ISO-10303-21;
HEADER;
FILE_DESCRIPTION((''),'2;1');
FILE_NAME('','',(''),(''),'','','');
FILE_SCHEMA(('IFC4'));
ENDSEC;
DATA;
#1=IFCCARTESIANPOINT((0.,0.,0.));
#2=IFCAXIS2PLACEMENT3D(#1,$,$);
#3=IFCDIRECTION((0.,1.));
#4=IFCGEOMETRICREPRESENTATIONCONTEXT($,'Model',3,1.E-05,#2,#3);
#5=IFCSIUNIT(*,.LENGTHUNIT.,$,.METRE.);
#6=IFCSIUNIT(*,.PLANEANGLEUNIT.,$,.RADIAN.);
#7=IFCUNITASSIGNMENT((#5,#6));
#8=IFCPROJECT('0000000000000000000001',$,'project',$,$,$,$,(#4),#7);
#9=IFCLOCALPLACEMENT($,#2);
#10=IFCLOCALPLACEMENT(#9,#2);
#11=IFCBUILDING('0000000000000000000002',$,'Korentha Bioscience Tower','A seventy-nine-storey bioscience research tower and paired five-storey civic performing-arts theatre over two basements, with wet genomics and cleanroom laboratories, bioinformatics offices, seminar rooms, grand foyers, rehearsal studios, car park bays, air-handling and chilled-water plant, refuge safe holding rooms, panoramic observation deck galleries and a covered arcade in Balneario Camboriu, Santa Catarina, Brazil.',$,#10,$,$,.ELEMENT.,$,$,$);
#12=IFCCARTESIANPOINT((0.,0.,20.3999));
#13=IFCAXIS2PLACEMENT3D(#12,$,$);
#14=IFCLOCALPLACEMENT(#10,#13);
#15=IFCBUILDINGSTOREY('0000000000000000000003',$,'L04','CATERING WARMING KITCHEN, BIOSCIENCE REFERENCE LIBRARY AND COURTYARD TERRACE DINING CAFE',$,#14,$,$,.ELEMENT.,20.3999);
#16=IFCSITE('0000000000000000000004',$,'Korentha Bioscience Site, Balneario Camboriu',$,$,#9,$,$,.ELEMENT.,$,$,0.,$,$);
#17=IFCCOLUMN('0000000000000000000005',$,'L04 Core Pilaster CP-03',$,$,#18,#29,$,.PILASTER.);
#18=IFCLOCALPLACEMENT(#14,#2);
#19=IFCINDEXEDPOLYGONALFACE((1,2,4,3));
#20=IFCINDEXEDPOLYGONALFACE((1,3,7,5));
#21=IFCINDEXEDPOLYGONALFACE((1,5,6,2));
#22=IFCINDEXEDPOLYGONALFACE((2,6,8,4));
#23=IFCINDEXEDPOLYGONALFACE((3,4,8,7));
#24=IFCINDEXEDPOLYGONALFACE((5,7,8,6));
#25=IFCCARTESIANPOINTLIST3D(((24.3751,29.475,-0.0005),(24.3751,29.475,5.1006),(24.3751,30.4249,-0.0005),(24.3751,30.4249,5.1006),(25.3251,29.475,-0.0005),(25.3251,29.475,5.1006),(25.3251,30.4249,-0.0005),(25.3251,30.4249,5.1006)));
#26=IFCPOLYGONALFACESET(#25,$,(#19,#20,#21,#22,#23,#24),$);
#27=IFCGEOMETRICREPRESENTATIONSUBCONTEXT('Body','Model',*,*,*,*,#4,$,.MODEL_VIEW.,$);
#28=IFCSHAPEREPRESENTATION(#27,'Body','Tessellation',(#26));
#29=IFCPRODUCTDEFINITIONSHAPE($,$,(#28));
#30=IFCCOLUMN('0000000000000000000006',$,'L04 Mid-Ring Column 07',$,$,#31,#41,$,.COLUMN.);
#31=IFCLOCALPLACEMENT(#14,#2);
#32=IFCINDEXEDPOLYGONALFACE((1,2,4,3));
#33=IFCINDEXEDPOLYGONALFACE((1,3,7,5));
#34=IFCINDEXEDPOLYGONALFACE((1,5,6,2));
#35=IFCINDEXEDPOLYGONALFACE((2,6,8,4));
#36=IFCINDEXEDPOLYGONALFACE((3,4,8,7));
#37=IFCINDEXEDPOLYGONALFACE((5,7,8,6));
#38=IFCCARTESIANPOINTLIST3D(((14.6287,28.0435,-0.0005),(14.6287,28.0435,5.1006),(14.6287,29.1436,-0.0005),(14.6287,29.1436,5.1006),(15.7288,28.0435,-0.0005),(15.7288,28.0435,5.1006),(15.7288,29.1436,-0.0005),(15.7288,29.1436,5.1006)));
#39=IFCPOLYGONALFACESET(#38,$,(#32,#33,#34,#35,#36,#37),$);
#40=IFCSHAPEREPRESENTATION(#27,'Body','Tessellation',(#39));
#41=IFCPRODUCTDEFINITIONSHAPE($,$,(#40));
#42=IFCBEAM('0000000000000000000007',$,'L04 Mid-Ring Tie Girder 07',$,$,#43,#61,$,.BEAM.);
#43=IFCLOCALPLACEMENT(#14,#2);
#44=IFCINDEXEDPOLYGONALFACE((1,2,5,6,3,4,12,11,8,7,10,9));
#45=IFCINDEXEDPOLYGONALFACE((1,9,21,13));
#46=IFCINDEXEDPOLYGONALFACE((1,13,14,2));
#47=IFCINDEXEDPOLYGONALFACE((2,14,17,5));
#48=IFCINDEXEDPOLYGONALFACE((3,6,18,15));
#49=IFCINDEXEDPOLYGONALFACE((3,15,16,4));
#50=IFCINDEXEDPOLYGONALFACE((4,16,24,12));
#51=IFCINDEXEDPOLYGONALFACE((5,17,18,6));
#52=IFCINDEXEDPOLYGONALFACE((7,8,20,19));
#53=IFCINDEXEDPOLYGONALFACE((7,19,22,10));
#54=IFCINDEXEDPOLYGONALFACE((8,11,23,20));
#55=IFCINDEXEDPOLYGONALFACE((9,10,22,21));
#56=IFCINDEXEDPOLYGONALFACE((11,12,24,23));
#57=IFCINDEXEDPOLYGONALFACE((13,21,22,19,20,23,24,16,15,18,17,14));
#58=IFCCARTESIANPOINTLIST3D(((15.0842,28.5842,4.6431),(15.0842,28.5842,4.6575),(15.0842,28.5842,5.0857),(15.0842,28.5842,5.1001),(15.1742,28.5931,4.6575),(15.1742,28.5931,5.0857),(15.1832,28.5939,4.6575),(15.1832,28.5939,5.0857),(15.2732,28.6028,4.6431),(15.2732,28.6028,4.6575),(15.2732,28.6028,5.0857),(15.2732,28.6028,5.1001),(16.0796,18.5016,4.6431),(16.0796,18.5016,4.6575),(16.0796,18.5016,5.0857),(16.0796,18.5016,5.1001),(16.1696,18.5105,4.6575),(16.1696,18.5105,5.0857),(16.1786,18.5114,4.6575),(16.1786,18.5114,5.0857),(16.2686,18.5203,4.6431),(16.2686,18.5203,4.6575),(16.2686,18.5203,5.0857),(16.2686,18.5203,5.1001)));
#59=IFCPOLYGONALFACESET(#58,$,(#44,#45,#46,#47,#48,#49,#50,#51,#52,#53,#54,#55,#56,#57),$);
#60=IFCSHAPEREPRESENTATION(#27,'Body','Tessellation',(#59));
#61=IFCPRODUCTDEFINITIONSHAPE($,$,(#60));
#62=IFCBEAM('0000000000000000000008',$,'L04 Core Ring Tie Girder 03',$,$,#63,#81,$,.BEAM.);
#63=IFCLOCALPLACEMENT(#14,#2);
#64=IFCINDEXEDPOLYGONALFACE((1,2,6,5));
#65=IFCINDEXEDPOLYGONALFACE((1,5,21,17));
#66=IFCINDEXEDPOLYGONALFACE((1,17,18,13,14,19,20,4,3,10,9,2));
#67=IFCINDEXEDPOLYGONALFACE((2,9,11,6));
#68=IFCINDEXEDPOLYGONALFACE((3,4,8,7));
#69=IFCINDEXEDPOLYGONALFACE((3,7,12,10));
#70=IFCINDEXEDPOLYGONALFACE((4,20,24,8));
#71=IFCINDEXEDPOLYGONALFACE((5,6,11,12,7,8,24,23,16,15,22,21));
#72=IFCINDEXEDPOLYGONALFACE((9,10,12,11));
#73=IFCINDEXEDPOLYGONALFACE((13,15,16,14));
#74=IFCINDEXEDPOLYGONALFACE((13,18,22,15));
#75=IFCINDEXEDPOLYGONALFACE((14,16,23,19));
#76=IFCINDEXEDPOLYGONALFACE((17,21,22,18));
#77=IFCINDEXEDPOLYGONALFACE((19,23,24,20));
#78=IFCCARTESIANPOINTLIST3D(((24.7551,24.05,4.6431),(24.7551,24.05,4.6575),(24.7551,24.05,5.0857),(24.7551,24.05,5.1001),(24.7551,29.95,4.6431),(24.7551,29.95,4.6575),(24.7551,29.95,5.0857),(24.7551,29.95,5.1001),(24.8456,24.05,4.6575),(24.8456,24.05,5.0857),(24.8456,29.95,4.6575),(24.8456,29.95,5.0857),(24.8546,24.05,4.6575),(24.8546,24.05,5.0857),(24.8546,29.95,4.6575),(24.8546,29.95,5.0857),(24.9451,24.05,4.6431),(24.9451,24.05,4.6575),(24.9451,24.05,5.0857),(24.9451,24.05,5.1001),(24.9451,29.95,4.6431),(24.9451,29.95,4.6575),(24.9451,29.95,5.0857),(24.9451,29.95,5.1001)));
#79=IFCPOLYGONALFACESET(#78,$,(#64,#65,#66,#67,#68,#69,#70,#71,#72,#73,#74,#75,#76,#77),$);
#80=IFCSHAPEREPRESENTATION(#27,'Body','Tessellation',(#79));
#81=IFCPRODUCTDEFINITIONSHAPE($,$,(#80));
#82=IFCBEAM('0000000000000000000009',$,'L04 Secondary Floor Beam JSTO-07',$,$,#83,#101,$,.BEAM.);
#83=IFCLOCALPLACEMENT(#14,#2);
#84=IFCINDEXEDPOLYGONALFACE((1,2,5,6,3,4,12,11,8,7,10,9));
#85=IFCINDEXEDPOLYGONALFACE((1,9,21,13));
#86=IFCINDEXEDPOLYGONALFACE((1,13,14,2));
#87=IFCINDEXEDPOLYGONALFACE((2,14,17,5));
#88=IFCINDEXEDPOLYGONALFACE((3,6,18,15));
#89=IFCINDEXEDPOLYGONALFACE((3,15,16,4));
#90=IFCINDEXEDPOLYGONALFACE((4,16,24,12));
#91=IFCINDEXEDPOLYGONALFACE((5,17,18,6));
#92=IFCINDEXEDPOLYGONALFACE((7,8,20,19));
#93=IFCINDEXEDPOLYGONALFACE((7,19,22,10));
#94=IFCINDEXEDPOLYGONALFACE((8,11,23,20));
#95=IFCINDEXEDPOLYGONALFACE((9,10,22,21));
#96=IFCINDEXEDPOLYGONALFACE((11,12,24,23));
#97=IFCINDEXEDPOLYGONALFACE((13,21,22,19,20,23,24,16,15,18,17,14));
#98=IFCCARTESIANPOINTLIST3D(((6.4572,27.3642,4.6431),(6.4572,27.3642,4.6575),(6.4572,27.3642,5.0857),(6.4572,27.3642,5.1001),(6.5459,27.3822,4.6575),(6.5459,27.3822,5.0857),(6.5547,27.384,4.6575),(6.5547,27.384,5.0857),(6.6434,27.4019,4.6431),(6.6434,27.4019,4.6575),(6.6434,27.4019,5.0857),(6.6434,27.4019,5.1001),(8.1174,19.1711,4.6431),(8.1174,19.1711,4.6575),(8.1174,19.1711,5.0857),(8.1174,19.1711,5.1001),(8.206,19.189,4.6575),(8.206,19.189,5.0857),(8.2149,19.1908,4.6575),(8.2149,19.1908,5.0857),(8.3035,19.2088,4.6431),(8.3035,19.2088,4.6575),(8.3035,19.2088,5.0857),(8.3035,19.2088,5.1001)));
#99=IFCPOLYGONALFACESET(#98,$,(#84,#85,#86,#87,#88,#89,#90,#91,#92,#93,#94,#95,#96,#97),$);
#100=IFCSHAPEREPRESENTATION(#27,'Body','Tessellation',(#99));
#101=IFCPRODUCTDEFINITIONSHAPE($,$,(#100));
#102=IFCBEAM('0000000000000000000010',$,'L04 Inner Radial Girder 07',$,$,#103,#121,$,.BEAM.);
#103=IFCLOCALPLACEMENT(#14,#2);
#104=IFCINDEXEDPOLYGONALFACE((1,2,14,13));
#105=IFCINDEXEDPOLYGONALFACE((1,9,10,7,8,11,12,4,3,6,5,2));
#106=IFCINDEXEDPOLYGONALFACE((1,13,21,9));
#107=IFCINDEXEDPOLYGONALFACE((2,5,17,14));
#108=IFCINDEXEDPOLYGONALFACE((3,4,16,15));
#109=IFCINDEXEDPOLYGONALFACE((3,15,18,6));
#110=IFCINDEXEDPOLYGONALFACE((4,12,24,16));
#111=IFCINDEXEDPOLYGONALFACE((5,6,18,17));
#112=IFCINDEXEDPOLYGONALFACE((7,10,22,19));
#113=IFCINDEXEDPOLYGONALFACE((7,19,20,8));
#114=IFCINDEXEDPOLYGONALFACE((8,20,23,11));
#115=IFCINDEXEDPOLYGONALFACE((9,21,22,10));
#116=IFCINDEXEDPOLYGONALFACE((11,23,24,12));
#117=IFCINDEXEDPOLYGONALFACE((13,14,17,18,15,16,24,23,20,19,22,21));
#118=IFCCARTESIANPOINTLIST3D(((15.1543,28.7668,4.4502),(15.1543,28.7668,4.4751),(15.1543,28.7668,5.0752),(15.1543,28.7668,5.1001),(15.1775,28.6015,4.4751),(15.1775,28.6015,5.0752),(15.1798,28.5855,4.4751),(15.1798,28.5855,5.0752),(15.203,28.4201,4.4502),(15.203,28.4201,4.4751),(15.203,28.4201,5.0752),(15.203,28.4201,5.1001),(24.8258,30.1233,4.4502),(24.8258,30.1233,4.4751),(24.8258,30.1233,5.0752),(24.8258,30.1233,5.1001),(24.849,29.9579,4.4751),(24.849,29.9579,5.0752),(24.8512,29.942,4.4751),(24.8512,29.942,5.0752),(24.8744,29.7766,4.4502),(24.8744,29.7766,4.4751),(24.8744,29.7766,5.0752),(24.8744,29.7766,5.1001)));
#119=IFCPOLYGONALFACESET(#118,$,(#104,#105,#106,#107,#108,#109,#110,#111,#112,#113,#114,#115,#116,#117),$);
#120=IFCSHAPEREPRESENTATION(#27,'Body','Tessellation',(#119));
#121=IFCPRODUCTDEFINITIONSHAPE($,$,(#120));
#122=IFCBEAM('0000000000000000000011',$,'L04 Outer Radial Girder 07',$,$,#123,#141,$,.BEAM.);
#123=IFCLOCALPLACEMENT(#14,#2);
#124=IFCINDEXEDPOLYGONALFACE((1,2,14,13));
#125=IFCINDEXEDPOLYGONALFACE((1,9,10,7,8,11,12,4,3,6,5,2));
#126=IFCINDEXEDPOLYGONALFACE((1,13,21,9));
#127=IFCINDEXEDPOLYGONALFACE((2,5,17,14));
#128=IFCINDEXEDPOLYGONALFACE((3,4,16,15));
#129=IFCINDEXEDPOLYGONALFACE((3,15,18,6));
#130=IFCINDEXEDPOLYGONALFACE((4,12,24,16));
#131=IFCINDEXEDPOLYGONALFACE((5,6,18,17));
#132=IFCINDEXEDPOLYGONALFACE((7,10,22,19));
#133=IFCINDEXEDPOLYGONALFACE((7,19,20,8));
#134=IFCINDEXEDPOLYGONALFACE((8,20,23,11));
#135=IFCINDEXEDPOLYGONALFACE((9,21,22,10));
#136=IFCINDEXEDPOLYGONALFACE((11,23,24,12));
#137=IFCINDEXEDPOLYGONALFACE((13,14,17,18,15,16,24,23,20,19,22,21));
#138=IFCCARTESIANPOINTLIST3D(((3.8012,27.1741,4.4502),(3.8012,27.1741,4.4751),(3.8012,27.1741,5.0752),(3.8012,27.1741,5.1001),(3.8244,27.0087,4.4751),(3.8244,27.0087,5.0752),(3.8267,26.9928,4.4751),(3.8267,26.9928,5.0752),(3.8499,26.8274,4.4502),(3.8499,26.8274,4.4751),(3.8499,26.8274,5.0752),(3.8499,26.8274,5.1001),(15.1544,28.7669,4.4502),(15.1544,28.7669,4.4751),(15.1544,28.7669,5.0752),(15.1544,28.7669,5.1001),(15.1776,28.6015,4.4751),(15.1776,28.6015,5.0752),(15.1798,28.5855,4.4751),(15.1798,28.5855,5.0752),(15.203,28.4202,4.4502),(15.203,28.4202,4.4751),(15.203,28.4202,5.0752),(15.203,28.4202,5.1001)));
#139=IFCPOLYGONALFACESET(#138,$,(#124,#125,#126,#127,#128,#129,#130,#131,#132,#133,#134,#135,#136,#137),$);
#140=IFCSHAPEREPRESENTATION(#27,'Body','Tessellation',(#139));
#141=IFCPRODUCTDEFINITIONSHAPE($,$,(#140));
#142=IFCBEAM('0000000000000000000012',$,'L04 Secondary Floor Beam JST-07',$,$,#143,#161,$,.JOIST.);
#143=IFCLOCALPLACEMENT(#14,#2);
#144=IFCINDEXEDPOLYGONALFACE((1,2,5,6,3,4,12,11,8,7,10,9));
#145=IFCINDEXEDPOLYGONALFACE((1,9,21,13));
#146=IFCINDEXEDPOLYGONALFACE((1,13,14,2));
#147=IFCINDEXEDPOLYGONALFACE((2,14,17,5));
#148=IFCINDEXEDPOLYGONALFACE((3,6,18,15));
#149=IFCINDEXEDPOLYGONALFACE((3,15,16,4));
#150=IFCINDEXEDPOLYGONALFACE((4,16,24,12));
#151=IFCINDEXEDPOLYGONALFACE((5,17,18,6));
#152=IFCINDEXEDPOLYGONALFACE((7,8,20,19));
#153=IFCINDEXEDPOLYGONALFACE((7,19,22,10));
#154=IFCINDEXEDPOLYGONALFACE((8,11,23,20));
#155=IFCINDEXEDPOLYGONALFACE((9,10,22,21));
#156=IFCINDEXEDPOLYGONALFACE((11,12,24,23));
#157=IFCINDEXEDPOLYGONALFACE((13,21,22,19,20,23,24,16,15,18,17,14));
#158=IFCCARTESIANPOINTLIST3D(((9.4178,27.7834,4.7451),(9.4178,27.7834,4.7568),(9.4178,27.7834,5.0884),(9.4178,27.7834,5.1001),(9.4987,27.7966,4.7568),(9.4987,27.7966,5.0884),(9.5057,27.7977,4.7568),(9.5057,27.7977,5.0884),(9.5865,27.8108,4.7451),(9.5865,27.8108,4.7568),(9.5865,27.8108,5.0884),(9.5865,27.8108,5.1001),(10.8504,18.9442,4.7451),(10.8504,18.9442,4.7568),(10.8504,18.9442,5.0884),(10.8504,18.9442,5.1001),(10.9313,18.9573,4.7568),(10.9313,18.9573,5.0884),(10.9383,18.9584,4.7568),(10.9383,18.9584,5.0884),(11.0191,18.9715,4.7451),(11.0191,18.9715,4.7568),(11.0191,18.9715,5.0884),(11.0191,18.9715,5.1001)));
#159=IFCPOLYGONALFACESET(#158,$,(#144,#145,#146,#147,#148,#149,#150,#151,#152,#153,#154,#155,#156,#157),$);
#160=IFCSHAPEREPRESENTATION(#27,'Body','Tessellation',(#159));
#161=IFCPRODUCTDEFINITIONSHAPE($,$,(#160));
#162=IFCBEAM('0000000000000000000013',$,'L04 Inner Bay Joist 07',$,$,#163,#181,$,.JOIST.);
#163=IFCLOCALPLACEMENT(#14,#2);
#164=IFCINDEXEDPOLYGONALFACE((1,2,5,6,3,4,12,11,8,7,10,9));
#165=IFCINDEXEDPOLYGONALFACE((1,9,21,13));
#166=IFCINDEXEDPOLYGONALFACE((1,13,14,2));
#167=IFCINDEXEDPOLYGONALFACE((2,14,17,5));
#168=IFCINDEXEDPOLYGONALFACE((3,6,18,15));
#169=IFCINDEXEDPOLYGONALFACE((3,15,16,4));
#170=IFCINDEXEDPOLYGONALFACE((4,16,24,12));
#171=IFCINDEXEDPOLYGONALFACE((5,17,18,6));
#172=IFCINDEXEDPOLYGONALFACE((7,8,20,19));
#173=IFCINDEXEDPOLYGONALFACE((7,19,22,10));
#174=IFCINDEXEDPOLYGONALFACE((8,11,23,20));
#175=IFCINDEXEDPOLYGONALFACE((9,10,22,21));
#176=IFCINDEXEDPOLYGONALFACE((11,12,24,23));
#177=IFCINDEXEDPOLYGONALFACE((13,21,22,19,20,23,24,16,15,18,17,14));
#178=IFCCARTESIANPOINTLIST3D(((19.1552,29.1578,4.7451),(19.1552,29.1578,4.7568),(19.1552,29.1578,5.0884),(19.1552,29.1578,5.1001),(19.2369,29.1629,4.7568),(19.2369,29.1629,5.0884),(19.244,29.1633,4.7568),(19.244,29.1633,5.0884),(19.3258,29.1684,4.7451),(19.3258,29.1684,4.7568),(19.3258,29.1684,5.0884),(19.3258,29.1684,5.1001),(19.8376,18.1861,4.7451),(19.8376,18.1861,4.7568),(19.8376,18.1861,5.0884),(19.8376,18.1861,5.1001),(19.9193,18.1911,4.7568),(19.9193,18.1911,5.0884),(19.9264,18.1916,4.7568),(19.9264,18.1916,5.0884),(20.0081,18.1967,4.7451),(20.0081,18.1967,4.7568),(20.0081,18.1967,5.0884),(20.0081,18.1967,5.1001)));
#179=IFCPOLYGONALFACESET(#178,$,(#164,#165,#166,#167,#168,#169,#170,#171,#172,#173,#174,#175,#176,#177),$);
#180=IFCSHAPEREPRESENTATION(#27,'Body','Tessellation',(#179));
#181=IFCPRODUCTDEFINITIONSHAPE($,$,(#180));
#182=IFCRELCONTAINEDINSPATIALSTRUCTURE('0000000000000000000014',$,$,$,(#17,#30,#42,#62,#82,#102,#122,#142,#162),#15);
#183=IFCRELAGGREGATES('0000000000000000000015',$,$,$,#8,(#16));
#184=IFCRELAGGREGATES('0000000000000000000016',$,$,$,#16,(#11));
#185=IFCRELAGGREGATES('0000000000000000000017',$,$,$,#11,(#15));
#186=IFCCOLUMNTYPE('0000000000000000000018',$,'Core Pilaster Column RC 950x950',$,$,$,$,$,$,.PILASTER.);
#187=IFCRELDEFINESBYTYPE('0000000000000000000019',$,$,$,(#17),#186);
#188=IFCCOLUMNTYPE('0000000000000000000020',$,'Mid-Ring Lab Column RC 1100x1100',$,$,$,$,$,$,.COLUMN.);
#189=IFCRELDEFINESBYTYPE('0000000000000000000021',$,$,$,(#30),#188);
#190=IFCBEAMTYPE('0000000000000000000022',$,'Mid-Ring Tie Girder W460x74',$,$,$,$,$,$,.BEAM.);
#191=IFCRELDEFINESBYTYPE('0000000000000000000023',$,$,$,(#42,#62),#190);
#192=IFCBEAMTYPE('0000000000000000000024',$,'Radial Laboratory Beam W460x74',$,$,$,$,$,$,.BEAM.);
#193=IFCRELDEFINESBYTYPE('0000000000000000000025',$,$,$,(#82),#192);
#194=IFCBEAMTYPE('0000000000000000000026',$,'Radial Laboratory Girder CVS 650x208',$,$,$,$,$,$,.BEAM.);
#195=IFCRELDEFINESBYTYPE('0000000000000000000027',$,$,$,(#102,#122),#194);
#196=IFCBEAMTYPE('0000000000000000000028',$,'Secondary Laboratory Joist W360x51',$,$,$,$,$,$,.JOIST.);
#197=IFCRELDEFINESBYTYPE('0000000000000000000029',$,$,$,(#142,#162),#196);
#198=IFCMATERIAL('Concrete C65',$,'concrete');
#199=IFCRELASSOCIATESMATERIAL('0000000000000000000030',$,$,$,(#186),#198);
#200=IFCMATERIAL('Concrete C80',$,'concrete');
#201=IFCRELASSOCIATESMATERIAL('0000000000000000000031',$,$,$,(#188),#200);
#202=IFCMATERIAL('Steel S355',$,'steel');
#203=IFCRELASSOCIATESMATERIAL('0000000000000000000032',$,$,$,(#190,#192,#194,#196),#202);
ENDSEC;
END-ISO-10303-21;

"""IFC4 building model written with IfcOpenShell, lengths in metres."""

from ifc_helpers import new_model, si_unit, direction, frame, origin, origin_2d, place, context, subcontext, project, spatial, rectangle, i_section, extrude, material, material_profile, profile_set, type_object, element, save


model = new_model("IFC4")

# Units and contexts
model_context = context("Model", 3, precision=1e-05, world=origin(), true_north=direction((0.0, 1.0)))
body_context = subcontext(model_context, "Body", "Model", "MODEL_VIEW")
ifc_project = project(units=[si_unit("LENGTHUNIT", "METRE"), si_unit("PLANEANGLEUNIT", "RADIAN")], contexts=[model_context])

# Site, building, storey
site_placement = place(None, origin())
site = spatial("IfcSite", under=ifc_project, at=site_placement, Name="Korentha Bioscience Site, Balneario Camboriu", CompositionType="ELEMENT", RefElevation=0.0)
building_placement = place(site_placement, origin())
building = spatial("IfcBuilding", under=site, at=building_placement, Name="Korentha Bioscience Tower", Description="A seventy-nine-storey bioscience research tower and paired five-storey civic performing-arts theatre over two basements, with wet genomics and cleanroom laboratories, bioinformatics offices, seminar rooms, grand foyers, rehearsal studios, car park bays, air-handling and chilled-water plant, refuge safe holding rooms, panoramic observation deck galleries and a covered arcade in Balneario Camboriu, Santa Catarina, Brazil.", CompositionType="ELEMENT")
storey_placement = place(building_placement, frame((0.0, 0.0, 20.3999)))
storey = spatial("IfcBuildingStorey", under=building, at=storey_placement, Name="L04", Description="CATERING WARMING KITCHEN, BIOSCIENCE REFERENCE LIBRARY AND COURTYARD TERRACE DINING CAFE", CompositionType="ELEMENT", Elevation=20.3999)

# Columns
ifc_material_1 = material(Name="Concrete C65", Category="concrete")
ifc_material_profile_1 = material_profile(ifc_material_1, rectangle(XDim=0.95, YDim=0.95, at=origin_2d()), Name="Concrete C65")
ifc_profile_set_1 = profile_set([ifc_material_profile_1], Name="Concrete C65 (COL-CP09)")
column_type_1 = type_object("IfcColumnType", Name="Core Pilaster Column RC 950x950", PredefinedType="PILASTER", material=ifc_profile_set_1)
column_1_placement = place(storey_placement, frame((24.8501, 29.95, -0.0005), z_axis=(0.0, 0.0, 1.0), x_axis=(1.0, 0.0, 0.0)))
element("IfcColumn", 1, at=column_1_placement, inside=storey, type_object=column_type_1, Name="L04 Core Pilaster CP-03", PredefinedType="PILASTER", context=body_context, shape_type="SweptSolid", body=[
    extrude(rectangle(XDim=0.95, YDim=0.95, at=origin_2d()), origin(), (0.0, 0.0, 1.0), 5.1011),
])
ifc_material_2 = material(Name="Concrete C80", Category="concrete")
ifc_material_profile_2 = material_profile(ifc_material_2, rectangle(XDim=1.1001, YDim=1.1001, at=origin_2d()), Name="Concrete C80")
ifc_profile_set_2 = profile_set([ifc_material_profile_2], Name="Concrete C80 (COL-MR11)")
column_type_2 = type_object("IfcColumnType", Name="Mid-Ring Lab Column RC 1100x1100", PredefinedType="COLUMN", material=ifc_profile_set_2)
column_2_placement = place(storey_placement, frame((15.1787, 28.5935, -0.0005), z_axis=(0.0, 0.0, 1.0), x_axis=(1.0, 0.0, 0.0)))
element("IfcColumn", 2, at=column_2_placement, inside=storey, type_object=column_type_2, Name="L04 Mid-Ring Column 07", PredefinedType="COLUMN", context=body_context, shape_type="SweptSolid", body=[
    extrude(rectangle(XDim=1.1001, YDim=1.1001, at=origin_2d()), origin(), (0.0, 0.0, 1.0), 5.1011),
])

# Beams
ifc_material_3 = material(Name="Steel S355", Category="steel")
ifc_material_profile_3 = material_profile(ifc_material_3, i_section(OverallWidth=0.1899, OverallDepth=0.457, WebThickness=0.009, FlangeThickness=0.0144, at=origin_2d()), Name="Steel S355")
ifc_profile_set_3 = profile_set([ifc_material_profile_3], Name="Steel S355 (MB-460)")
beam_type_1 = type_object("IfcBeamType", Name="Mid-Ring Tie Girder W460x74", PredefinedType="BEAM", material=ifc_profile_set_3)
beam_1_placement = place(storey_placement, frame((15.1787, 28.5935, 4.8716), z_axis=(0.098244, -0.995162, 0.0), x_axis=(0.995162, 0.098244, 0.0)))
element("IfcBeam", 3, at=beam_1_placement, inside=storey, type_object=beam_type_1, Name="L04 Mid-Ring Tie Girder 07", PredefinedType="BEAM", context=body_context, shape_type="SweptSolid", body=[
    extrude(i_section(OverallWidth=0.1899, OverallDepth=0.457, WebThickness=0.009, FlangeThickness=0.0144, at=origin_2d()), origin(), (0.0, 0.0, 1.0), 10.1316),
])
beam_2_placement = place(storey_placement, frame((24.8501, 29.95, 4.8716), z_axis=(0.0, -1.0, 0.0), x_axis=(1.0, 0.0, 0.0)))
element("IfcBeam", 4, at=beam_2_placement, inside=storey, type_object=beam_type_1, Name="L04 Core Ring Tie Girder 03", PredefinedType="BEAM", context=body_context, shape_type="SweptSolid", body=[
    extrude(i_section(OverallWidth=0.1899, OverallDepth=0.457, WebThickness=0.009, FlangeThickness=0.0144, at=origin_2d()), origin(), (0.0, 0.0, 1.0), 5.8999),
])
ifc_material_profile_4 = material_profile(ifc_material_3, i_section(OverallWidth=0.1899, OverallDepth=0.457, WebThickness=0.009, FlangeThickness=0.0144, at=origin_2d()), Name="Steel S355")
ifc_profile_set_4 = profile_set([ifc_material_profile_4], Name="Steel S355 (RB-460)")
beam_type_2 = type_object("IfcBeamType", Name="Radial Laboratory Beam W460x74", PredefinedType="BEAM", material=ifc_profile_set_4)
beam_3_placement = place(storey_placement, frame((6.5503, 27.3831, 4.8716), z_axis=(0.198592, -0.980082, 0.0), x_axis=(0.980082, 0.198592, 0.0)))
element("IfcBeam", 5, at=beam_3_placement, inside=storey, type_object=beam_type_2, Name="L04 Secondary Floor Beam JSTO-07", PredefinedType="BEAM", context=body_context, shape_type="SweptSolid", body=[
    extrude(i_section(OverallWidth=0.1899, OverallDepth=0.457, WebThickness=0.009, FlangeThickness=0.0144, at=origin_2d()), origin(), (0.0, 0.0, 1.0), 8.3596),
])
ifc_material_profile_5 = material_profile(ifc_material_3, i_section(OverallWidth=0.3501, OverallDepth=0.6499, WebThickness=0.0161, FlangeThickness=0.0249, at=origin_2d()), Name="Steel S355")
ifc_profile_set_5 = profile_set([ifc_material_profile_5], Name="Steel S355 (RB-650)")
beam_type_3 = type_object("IfcBeamType", Name="Radial Laboratory Girder CVS 650x208", PredefinedType="BEAM", material=ifc_profile_set_5)
beam_4_placement = place(storey_placement, frame((24.8501, 29.95, 4.7751), z_axis=(-0.990307, -0.138894, 0.0), x_axis=(0.138894, -0.990307, 0.0)))
element("IfcBeam", 6, at=beam_4_placement, inside=storey, type_object=beam_type_3, Name="L04 Inner Radial Girder 07", PredefinedType="BEAM", context=body_context, shape_type="SweptSolid", body=[
    extrude(i_section(OverallWidth=0.3501, OverallDepth=0.6499, WebThickness=0.0161, FlangeThickness=0.0249, at=origin_2d()), origin(), (0.0, 0.0, 1.0), 9.7661),
])
beam_5_placement = place(storey_placement, frame((15.1787, 28.5935, 4.7751), z_axis=(-0.990302, -0.138931, 0.0), x_axis=(0.138931, -0.990302, 0.0)))
element("IfcBeam", 7, at=beam_5_placement, inside=storey, type_object=beam_type_3, Name="L04 Outer Radial Girder 07", PredefinedType="BEAM", context=body_context, shape_type="SweptSolid", body=[
    extrude(i_section(OverallWidth=0.3501, OverallDepth=0.6499, WebThickness=0.0161, FlangeThickness=0.0249, at=origin_2d()), origin(), (0.0, 0.0, 1.0), 11.4644),
])
ifc_material_profile_6 = material_profile(ifc_material_3, i_section(OverallWidth=0.1709, OverallDepth=0.355, WebThickness=0.0071, FlangeThickness=0.0117, at=origin_2d()), Name="Steel S355")
ifc_profile_set_6 = profile_set([ifc_material_profile_6], Name="Steel S355 (JB-360)")
beam_type_4 = type_object("IfcBeamType", Name="Secondary Laboratory Joist W360x51", PredefinedType="JOIST", material=ifc_profile_set_6)
beam_6_placement = place(storey_placement, frame((9.5022, 27.7971, 4.9226), z_axis=(0.159985, -0.987119, 0.0), x_axis=(0.987119, 0.159985, 0.0)))
element("IfcBeam", 8, at=beam_6_placement, inside=storey, type_object=beam_type_4, Name="L04 Secondary Floor Beam JST-07", PredefinedType="JOIST", context=body_context, shape_type="SweptSolid", body=[
    extrude(i_section(OverallWidth=0.1709, OverallDepth=0.355, WebThickness=0.0071, FlangeThickness=0.0117, at=origin_2d()), origin(), (0.0, 0.0, 1.0), 8.9546),
])
beam_7_placement = place(storey_placement, frame((19.2405, 29.1631, 4.9226), z_axis=(0.062074, -0.998072, 0.0), x_axis=(0.998072, 0.062074, 0.0)))
element("IfcBeam", 9, at=beam_7_placement, inside=storey, type_object=beam_type_4, Name="L04 Inner Bay Joist 07", PredefinedType="JOIST", context=body_context, shape_type="SweptSolid", body=[
    extrude(i_section(OverallWidth=0.1709, OverallDepth=0.355, WebThickness=0.0071, FlangeThickness=0.0117, at=origin_2d()), origin(), (0.0, 0.0, 1.0), 10.9929),
])

save(model, "model.ifc")
